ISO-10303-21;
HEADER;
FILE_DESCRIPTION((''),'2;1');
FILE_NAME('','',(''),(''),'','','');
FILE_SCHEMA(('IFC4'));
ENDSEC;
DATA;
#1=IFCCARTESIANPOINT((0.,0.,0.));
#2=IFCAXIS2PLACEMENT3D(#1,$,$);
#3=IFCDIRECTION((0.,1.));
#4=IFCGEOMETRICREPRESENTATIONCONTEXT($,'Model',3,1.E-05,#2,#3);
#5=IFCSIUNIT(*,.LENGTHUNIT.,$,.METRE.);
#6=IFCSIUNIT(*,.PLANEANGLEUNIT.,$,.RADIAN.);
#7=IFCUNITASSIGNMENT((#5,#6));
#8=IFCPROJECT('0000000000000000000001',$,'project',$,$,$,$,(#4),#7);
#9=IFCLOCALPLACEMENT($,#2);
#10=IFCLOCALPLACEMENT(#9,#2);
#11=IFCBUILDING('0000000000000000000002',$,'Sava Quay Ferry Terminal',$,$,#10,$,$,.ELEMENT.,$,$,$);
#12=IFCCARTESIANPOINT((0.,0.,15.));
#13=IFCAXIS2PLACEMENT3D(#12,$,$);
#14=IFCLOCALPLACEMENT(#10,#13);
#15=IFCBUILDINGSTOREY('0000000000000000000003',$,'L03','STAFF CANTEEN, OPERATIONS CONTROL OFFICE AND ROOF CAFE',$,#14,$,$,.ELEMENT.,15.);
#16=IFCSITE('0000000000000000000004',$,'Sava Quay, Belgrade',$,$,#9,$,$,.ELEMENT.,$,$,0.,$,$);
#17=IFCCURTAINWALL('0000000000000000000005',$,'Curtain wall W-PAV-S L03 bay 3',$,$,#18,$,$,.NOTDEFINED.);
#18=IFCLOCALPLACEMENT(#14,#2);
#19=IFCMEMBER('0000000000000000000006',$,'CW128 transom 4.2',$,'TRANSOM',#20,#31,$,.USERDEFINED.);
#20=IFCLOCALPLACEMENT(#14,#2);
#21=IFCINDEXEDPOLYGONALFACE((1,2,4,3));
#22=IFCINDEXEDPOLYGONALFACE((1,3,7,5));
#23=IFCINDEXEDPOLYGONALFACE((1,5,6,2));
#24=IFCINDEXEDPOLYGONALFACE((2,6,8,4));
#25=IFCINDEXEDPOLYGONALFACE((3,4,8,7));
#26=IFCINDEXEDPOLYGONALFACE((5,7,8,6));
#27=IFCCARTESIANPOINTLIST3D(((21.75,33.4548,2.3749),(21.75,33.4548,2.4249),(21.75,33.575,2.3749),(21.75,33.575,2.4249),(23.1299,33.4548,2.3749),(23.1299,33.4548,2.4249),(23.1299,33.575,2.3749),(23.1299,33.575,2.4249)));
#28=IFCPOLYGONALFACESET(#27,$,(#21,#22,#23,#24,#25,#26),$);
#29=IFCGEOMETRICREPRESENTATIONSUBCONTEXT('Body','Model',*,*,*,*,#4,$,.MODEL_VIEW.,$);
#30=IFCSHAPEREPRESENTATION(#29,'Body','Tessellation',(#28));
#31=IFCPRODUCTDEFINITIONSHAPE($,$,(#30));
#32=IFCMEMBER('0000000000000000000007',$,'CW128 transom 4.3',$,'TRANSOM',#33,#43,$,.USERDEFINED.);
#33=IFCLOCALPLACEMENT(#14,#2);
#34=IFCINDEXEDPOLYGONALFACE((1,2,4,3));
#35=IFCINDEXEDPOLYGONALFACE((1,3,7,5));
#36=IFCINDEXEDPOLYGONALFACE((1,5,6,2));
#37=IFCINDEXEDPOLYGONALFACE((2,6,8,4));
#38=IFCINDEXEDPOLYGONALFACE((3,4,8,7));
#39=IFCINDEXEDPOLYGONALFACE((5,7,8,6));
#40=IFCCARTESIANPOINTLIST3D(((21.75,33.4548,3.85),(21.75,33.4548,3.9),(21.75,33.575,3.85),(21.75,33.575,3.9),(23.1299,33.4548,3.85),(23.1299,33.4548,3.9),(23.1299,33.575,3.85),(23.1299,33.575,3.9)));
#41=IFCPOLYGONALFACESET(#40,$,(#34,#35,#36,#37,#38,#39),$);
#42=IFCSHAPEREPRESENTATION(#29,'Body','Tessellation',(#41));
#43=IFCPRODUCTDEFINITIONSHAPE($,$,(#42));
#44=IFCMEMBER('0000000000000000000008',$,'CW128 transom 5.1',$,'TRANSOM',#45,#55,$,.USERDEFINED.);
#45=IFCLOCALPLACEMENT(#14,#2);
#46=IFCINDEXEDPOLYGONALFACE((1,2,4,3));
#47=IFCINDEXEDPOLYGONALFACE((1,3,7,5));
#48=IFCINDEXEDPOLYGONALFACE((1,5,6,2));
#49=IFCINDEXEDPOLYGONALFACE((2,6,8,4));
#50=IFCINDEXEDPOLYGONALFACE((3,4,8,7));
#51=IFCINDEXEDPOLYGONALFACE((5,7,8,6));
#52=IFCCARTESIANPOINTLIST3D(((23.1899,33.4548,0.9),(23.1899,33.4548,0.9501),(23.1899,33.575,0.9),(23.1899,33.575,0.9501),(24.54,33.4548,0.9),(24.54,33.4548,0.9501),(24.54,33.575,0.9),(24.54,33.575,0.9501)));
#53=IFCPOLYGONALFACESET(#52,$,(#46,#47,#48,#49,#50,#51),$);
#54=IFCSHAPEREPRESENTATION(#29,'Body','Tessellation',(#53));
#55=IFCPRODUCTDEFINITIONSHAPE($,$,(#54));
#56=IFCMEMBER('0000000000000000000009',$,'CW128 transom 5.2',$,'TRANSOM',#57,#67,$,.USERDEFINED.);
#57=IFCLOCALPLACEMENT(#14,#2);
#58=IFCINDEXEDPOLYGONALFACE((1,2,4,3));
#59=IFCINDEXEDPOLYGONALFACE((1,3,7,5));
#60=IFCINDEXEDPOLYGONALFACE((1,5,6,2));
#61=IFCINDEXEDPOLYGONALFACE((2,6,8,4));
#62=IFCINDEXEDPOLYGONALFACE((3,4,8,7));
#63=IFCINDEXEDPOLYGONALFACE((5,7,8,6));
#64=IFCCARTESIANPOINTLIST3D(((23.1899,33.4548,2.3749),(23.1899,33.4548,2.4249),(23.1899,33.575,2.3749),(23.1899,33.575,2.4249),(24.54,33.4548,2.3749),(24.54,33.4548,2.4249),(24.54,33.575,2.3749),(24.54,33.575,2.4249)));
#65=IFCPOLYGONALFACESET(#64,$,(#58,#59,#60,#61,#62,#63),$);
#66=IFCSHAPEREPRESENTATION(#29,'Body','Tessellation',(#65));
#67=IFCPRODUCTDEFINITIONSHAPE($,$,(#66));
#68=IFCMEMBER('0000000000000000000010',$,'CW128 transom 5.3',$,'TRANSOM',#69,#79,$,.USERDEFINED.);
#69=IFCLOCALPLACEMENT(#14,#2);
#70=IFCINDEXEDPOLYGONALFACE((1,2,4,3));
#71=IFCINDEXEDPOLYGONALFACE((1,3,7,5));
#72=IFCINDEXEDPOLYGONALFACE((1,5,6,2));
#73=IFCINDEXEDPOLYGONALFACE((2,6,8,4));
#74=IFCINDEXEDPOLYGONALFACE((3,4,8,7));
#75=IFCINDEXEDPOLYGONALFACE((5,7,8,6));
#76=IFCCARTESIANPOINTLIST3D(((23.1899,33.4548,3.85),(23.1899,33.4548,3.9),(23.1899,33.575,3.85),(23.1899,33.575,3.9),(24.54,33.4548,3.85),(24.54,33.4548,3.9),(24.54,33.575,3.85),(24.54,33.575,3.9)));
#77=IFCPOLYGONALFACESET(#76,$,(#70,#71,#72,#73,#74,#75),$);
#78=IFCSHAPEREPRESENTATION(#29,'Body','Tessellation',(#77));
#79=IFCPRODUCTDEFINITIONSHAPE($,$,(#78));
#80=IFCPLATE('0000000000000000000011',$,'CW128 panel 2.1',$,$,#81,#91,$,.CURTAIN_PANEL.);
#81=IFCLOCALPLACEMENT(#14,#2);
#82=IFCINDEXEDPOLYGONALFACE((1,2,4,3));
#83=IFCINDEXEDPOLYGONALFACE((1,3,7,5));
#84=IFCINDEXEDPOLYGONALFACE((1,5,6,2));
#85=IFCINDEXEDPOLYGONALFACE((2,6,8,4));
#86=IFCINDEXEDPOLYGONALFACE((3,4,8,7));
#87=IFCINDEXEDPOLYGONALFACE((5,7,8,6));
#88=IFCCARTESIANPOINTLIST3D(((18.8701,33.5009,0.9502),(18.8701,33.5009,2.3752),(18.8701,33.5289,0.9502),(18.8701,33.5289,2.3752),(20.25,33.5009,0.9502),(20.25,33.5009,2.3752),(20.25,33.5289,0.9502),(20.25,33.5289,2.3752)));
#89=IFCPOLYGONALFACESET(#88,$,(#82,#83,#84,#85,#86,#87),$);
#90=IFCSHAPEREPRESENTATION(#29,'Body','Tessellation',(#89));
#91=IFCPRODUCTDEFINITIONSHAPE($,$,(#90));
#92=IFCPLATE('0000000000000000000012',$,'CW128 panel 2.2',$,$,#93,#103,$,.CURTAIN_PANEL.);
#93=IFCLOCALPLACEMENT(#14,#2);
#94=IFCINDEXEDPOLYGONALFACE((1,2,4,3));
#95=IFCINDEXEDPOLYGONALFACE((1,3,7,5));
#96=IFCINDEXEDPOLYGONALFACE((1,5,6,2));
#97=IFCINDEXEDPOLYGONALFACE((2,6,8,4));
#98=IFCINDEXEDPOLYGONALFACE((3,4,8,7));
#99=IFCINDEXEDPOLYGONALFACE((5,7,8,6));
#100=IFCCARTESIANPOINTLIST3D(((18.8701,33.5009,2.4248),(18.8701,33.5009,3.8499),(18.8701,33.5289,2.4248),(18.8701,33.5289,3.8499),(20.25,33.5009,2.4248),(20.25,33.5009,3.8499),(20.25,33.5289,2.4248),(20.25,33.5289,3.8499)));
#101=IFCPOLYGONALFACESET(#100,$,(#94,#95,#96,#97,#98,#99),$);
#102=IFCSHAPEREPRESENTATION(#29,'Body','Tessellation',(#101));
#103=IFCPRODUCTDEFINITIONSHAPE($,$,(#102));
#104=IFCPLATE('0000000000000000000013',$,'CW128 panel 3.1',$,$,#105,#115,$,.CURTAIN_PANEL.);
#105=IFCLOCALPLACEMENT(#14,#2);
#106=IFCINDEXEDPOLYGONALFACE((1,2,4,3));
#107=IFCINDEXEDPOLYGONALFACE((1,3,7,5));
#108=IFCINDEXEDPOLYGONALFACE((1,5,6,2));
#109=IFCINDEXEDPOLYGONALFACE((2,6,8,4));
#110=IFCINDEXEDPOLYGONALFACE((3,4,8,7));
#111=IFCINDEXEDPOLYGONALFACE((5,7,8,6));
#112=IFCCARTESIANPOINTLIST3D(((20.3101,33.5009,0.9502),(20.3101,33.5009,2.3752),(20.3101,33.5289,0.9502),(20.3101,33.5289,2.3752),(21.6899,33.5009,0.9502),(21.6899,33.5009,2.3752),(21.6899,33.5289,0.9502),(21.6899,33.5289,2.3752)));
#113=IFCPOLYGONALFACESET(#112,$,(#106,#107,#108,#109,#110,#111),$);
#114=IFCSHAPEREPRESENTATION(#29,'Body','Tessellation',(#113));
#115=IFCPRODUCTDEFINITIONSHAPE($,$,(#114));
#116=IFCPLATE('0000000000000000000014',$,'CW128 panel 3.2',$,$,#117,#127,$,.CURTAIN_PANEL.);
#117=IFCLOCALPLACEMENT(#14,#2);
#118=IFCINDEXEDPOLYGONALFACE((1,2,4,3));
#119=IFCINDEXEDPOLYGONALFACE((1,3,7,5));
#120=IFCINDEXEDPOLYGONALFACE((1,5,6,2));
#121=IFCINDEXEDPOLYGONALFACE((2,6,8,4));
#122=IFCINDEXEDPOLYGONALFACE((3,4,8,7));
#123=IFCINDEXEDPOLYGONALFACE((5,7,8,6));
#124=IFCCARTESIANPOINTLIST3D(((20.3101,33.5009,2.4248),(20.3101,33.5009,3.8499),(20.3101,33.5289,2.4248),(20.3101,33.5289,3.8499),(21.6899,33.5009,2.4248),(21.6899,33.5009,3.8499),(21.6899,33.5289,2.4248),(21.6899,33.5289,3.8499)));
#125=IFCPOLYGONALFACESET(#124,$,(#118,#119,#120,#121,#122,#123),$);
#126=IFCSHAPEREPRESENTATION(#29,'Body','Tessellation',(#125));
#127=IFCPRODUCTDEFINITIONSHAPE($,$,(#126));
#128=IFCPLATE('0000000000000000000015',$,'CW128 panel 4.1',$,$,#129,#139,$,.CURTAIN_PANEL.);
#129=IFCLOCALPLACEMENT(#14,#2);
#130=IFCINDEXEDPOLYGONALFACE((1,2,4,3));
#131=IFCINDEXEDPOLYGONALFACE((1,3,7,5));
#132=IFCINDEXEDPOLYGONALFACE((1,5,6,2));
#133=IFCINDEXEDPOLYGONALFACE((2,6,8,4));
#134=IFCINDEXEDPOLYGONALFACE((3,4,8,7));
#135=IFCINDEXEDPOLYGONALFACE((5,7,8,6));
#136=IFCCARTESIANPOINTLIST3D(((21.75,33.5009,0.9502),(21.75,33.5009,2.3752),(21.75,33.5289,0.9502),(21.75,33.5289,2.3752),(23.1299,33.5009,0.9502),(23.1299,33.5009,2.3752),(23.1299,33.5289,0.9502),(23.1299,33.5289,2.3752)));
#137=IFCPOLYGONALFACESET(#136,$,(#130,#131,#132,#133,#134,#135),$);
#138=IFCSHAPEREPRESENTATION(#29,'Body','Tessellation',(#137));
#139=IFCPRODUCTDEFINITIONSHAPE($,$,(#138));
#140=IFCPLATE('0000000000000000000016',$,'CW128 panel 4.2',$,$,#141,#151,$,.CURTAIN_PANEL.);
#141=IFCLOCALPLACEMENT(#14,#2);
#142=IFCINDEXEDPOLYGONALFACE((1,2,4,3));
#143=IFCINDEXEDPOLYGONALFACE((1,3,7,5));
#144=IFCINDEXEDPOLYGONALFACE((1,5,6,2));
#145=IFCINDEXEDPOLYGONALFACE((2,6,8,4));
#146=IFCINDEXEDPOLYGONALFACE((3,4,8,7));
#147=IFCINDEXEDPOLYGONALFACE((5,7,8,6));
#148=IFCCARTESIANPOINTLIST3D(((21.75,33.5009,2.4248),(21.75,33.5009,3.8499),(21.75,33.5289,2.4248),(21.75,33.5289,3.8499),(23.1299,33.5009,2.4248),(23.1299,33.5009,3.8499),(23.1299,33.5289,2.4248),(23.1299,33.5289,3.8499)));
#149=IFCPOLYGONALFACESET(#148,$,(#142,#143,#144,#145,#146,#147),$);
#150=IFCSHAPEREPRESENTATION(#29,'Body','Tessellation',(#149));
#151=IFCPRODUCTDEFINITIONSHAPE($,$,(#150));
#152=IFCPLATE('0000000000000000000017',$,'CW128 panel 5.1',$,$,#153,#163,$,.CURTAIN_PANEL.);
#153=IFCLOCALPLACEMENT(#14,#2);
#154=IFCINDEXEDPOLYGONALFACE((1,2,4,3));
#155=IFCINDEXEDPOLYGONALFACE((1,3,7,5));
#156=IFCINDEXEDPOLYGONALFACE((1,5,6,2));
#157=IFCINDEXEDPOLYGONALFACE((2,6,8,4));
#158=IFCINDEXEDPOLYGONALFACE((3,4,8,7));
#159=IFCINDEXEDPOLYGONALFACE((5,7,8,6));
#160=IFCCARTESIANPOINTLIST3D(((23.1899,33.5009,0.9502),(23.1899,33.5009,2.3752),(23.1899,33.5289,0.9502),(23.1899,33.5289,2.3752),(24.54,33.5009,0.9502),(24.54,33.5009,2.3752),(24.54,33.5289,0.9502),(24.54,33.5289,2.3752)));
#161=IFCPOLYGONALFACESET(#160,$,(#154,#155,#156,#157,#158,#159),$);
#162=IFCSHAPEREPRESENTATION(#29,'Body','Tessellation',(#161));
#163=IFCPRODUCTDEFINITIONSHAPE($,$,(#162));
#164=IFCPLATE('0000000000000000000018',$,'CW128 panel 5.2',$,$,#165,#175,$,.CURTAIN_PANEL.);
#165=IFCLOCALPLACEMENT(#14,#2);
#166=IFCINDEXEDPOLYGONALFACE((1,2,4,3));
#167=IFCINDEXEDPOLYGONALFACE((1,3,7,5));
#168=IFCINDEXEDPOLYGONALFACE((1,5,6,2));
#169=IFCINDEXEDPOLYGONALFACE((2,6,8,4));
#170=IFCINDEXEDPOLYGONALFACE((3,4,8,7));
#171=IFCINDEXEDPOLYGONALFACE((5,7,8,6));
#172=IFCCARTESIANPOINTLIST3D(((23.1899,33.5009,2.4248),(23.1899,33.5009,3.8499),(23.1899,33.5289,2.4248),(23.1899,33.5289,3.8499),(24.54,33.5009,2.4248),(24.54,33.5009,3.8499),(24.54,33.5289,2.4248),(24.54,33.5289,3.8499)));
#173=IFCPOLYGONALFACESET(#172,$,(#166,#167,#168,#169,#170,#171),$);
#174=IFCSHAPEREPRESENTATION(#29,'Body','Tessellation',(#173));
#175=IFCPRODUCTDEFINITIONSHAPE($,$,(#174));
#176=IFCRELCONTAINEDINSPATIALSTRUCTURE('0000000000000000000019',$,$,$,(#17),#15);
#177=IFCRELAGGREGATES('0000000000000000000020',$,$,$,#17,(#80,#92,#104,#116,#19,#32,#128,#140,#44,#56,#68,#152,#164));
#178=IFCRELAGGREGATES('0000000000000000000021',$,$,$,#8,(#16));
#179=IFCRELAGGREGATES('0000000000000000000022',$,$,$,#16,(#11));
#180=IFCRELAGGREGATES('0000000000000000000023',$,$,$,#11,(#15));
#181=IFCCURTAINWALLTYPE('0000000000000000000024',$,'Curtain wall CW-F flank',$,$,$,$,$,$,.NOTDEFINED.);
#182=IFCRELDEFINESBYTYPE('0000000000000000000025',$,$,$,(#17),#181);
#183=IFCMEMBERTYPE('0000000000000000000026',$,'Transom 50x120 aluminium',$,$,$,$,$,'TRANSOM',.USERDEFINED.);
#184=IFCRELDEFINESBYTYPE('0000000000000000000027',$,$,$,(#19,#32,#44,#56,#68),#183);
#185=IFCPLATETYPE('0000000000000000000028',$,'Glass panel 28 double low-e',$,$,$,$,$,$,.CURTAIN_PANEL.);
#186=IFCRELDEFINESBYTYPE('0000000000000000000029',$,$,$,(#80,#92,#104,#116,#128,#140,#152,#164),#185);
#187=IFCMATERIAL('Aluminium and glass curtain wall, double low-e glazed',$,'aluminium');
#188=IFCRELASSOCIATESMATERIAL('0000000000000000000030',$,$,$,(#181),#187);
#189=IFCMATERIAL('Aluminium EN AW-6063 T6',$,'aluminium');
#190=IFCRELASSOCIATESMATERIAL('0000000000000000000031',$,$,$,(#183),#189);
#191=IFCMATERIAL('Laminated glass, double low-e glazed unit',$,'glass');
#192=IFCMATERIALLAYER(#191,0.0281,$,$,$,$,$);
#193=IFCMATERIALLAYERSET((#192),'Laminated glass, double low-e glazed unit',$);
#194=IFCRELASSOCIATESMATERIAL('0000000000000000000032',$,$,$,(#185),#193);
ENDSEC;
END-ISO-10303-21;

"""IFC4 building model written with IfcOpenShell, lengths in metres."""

from ifc_helpers import new_model, si_unit, direction, frame, origin, origin_2d, place, context, subcontext, project, spatial, rectangle, extrude, material, layer, layer_set, material_profile, profile_set, type_object, element, aggregate, save


model = new_model("IFC4")

# Units and contexts
model_context = context("Model", 3, precision=1e-05, world=origin(), true_north=direction((0.0, 1.0)))
body_context = subcontext(model_context, "Body", "Model", "MODEL_VIEW")
ifc_project = project(units=[si_unit("LENGTHUNIT", "METRE"), si_unit("PLANEANGLEUNIT", "RADIAN")], contexts=[model_context])

# Site, building, storey
site_placement = place(None, origin())
site = spatial("IfcSite", under=ifc_project, at=site_placement, Name="Sava Quay, Belgrade", CompositionType="ELEMENT", RefElevation=0.0)
building_placement = place(site_placement, origin())
building = spatial("IfcBuilding", under=site, at=building_placement, Name="Sava Quay Ferry Terminal", CompositionType="ELEMENT")
storey_placement = place(building_placement, frame((0.0, 0.0, 15.0)))
storey = spatial("IfcBuildingStorey", under=building, at=storey_placement, Name="L03", Description="STAFF CANTEEN, OPERATIONS CONTROL OFFICE AND ROOF CAFE", CompositionType="ELEMENT", Elevation=15.0)

# Curtain wall, members, plates
ifc_material_1 = material(Name="Aluminium and glass curtain wall, double low-e glazed", Category="aluminium")
curtain_wall_type = type_object("IfcCurtainWallType", Name="Curtain wall CW-F flank", PredefinedType="NOTDEFINED", material=ifc_material_1)
curtain_wall_placement = place(storey_placement, origin())
curtain_wall = element("IfcCurtainWall", 1, at=curtain_wall_placement, inside=storey, type_object=curtain_wall_type, Name="Curtain wall W-PAV-S L03 bay 3", PredefinedType="NOTDEFINED")
ifc_material_2 = material(Name="Aluminium EN AW-6063 T6", Category="aluminium")
ifc_material_profile_1 = material_profile(ifc_material_2, rectangle(XDim=0.1201, YDim=0.05, at=origin_2d()), Name="Transom 50x120 aluminium")
ifc_profile_set_1 = profile_set([ifc_material_profile_1], Name="Aluminium EN AW-6063 T6")
member_type_1 = type_object("IfcMemberType", Name="Transom 50x120 aluminium", ElementType="TRANSOM", PredefinedType="USERDEFINED", material=ifc_profile_set_1)
member_1_placement = place(storey_placement, frame((21.75, 33.5149, 2.3999), z_axis=(1.0, 0.0, 0.0), x_axis=(0.0, 1.0, 0.0)))
member_1 = element("IfcMember", 2, at=member_1_placement, type_object=member_type_1, Name="CW128 transom 4.2", ObjectType="TRANSOM", PredefinedType="USERDEFINED", context=body_context, shape_type="SweptSolid", body=[
    extrude(rectangle(XDim=0.1201, YDim=0.05, at=origin_2d()), origin(), (0.0, 0.0, 1.0), 1.3799),
])
member_2_placement = place(storey_placement, frame((21.75, 33.5149, 3.875), z_axis=(1.0, 0.0, 0.0), x_axis=(0.0, 1.0, 0.0)))
member_2 = element("IfcMember", 3, at=member_2_placement, type_object=member_type_1, Name="CW128 transom 4.3", ObjectType="TRANSOM", PredefinedType="USERDEFINED", context=body_context, shape_type="SweptSolid", body=[
    extrude(rectangle(XDim=0.1201, YDim=0.05, at=origin_2d()), origin(), (0.0, 0.0, 1.0), 1.3799),
])
member_3_placement = place(storey_placement, frame((23.1899, 33.5149, 0.925), z_axis=(1.0, 0.0, 0.0), x_axis=(0.0, 1.0, 0.0)))
member_3 = element("IfcMember", 4, at=member_3_placement, type_object=member_type_1, Name="CW128 transom 5.1", ObjectType="TRANSOM", PredefinedType="USERDEFINED", context=body_context, shape_type="SweptSolid", body=[
    extrude(rectangle(XDim=0.1201, YDim=0.05, at=origin_2d()), origin(), (0.0, 0.0, 1.0), 1.3501),
])
member_4_placement = place(storey_placement, frame((23.1899, 33.5149, 2.3999), z_axis=(1.0, 0.0, 0.0), x_axis=(0.0, 1.0, 0.0)))
member_4 = element("IfcMember", 5, at=member_4_placement, type_object=member_type_1, Name="CW128 transom 5.2", ObjectType="TRANSOM", PredefinedType="USERDEFINED", context=body_context, shape_type="SweptSolid", body=[
    extrude(rectangle(XDim=0.1201, YDim=0.05, at=origin_2d()), origin(), (0.0, 0.0, 1.0), 1.3501),
])
member_5_placement = place(storey_placement, frame((23.1899, 33.5149, 3.875), z_axis=(1.0, 0.0, 0.0), x_axis=(0.0, 1.0, 0.0)))
member_5 = element("IfcMember", 6, at=member_5_placement, type_object=member_type_1, Name="CW128 transom 5.3", ObjectType="TRANSOM", PredefinedType="USERDEFINED", context=body_context, shape_type="SweptSolid", body=[
    extrude(rectangle(XDim=0.1201, YDim=0.05, at=origin_2d()), origin(), (0.0, 0.0, 1.0), 1.3501),
])
ifc_material_3 = material(Name="Laminated glass, double low-e glazed unit", Category="glass")
ifc_layer_1 = layer(ifc_material_3, 0.0281)
ifc_layer_set_1 = layer_set([ifc_layer_1], Name="Laminated glass, double low-e glazed unit")
plate_type = type_object("IfcPlateType", Name="Glass panel 28 double low-e", PredefinedType="CURTAIN_PANEL", material=ifc_layer_set_1)
plate_1_placement = place(storey_placement, frame((19.5601, 33.5149, 0.9502), z_axis=(0.0, 0.0, 1.0), x_axis=(1.0, 0.0, 0.0)))
plate_1 = element("IfcPlate", 7, at=plate_1_placement, type_object=plate_type, Name="CW128 panel 2.1", PredefinedType="CURTAIN_PANEL", context=body_context, shape_type="SweptSolid", body=[
    extrude(rectangle(XDim=1.3799, YDim=0.0281, at=origin_2d()), origin(), (0.0, 0.0, 1.0), 1.425),
])
plate_2_placement = place(storey_placement, frame((19.5601, 33.5149, 2.4248), z_axis=(0.0, 0.0, 1.0), x_axis=(1.0, 0.0, 0.0)))
plate_2 = element("IfcPlate", 8, at=plate_2_placement, type_object=plate_type, Name="CW128 panel 2.2", PredefinedType="CURTAIN_PANEL", context=body_context, shape_type="SweptSolid", body=[
    extrude(rectangle(XDim=1.3799, YDim=0.0281, at=origin_2d()), origin(), (0.0, 0.0, 1.0), 1.425),
])
plate_3_placement = place(storey_placement, frame((21.0, 33.5149, 0.9502), z_axis=(0.0, 0.0, 1.0), x_axis=(1.0, 0.0, 0.0)))
plate_3 = element("IfcPlate", 9, at=plate_3_placement, type_object=plate_type, Name="CW128 panel 3.1", PredefinedType="CURTAIN_PANEL", context=body_context, shape_type="SweptSolid", body=[
    extrude(rectangle(XDim=1.3799, YDim=0.0281, at=origin_2d()), origin(), (0.0, 0.0, 1.0), 1.425),
])
plate_4_placement = place(storey_placement, frame((21.0, 33.5149, 2.4248), z_axis=(0.0, 0.0, 1.0), x_axis=(1.0, 0.0, 0.0)))
plate_4 = element("IfcPlate", 10, at=plate_4_placement, type_object=plate_type, Name="CW128 panel 3.2", PredefinedType="CURTAIN_PANEL", context=body_context, shape_type="SweptSolid", body=[
    extrude(rectangle(XDim=1.3799, YDim=0.0281, at=origin_2d()), origin(), (0.0, 0.0, 1.0), 1.425),
])
plate_5_placement = place(storey_placement, frame((22.4399, 33.5149, 0.9502), z_axis=(0.0, 0.0, 1.0), x_axis=(1.0, 0.0, 0.0)))
plate_5 = element("IfcPlate", 11, at=plate_5_placement, type_object=plate_type, Name="CW128 panel 4.1", PredefinedType="CURTAIN_PANEL", context=body_context, shape_type="SweptSolid", body=[
    extrude(rectangle(XDim=1.3799, YDim=0.0281, at=origin_2d()), origin(), (0.0, 0.0, 1.0), 1.425),
])
plate_6_placement = place(storey_placement, frame((22.4399, 33.5149, 2.4248), z_axis=(0.0, 0.0, 1.0), x_axis=(1.0, 0.0, 0.0)))
plate_6 = element("IfcPlate", 12, at=plate_6_placement, type_object=plate_type, Name="CW128 panel 4.2", PredefinedType="CURTAIN_PANEL", context=body_context, shape_type="SweptSolid", body=[
    extrude(rectangle(XDim=1.3799, YDim=0.0281, at=origin_2d()), origin(), (0.0, 0.0, 1.0), 1.425),
])
plate_7_placement = place(storey_placement, frame((23.865, 33.5149, 0.9502), z_axis=(0.0, 0.0, 1.0), x_axis=(1.0, 0.0, 0.0)))
plate_7 = element("IfcPlate", 13, at=plate_7_placement, type_object=plate_type, Name="CW128 panel 5.1", PredefinedType="CURTAIN_PANEL", context=body_context, shape_type="SweptSolid", body=[
    extrude(rectangle(XDim=1.3501, YDim=0.0281, at=origin_2d()), origin(), (0.0, 0.0, 1.0), 1.425),
])
plate_8_placement = place(storey_placement, frame((23.865, 33.5149, 2.4248), z_axis=(0.0, 0.0, 1.0), x_axis=(1.0, 0.0, 0.0)))
plate_8 = element("IfcPlate", 14, at=plate_8_placement, type_object=plate_type, Name="CW128 panel 5.2", PredefinedType="CURTAIN_PANEL", context=body_context, shape_type="SweptSolid", body=[
    extrude(rectangle(XDim=1.3501, YDim=0.0281, at=origin_2d()), origin(), (0.0, 0.0, 1.0), 1.425),
])
aggregate(curtain_wall, [plate_1, plate_2, plate_3, plate_4, member_1, member_2, plate_5, plate_6, member_3, member_4, member_5, plate_7, plate_8])

save(model, "model.ifc")
